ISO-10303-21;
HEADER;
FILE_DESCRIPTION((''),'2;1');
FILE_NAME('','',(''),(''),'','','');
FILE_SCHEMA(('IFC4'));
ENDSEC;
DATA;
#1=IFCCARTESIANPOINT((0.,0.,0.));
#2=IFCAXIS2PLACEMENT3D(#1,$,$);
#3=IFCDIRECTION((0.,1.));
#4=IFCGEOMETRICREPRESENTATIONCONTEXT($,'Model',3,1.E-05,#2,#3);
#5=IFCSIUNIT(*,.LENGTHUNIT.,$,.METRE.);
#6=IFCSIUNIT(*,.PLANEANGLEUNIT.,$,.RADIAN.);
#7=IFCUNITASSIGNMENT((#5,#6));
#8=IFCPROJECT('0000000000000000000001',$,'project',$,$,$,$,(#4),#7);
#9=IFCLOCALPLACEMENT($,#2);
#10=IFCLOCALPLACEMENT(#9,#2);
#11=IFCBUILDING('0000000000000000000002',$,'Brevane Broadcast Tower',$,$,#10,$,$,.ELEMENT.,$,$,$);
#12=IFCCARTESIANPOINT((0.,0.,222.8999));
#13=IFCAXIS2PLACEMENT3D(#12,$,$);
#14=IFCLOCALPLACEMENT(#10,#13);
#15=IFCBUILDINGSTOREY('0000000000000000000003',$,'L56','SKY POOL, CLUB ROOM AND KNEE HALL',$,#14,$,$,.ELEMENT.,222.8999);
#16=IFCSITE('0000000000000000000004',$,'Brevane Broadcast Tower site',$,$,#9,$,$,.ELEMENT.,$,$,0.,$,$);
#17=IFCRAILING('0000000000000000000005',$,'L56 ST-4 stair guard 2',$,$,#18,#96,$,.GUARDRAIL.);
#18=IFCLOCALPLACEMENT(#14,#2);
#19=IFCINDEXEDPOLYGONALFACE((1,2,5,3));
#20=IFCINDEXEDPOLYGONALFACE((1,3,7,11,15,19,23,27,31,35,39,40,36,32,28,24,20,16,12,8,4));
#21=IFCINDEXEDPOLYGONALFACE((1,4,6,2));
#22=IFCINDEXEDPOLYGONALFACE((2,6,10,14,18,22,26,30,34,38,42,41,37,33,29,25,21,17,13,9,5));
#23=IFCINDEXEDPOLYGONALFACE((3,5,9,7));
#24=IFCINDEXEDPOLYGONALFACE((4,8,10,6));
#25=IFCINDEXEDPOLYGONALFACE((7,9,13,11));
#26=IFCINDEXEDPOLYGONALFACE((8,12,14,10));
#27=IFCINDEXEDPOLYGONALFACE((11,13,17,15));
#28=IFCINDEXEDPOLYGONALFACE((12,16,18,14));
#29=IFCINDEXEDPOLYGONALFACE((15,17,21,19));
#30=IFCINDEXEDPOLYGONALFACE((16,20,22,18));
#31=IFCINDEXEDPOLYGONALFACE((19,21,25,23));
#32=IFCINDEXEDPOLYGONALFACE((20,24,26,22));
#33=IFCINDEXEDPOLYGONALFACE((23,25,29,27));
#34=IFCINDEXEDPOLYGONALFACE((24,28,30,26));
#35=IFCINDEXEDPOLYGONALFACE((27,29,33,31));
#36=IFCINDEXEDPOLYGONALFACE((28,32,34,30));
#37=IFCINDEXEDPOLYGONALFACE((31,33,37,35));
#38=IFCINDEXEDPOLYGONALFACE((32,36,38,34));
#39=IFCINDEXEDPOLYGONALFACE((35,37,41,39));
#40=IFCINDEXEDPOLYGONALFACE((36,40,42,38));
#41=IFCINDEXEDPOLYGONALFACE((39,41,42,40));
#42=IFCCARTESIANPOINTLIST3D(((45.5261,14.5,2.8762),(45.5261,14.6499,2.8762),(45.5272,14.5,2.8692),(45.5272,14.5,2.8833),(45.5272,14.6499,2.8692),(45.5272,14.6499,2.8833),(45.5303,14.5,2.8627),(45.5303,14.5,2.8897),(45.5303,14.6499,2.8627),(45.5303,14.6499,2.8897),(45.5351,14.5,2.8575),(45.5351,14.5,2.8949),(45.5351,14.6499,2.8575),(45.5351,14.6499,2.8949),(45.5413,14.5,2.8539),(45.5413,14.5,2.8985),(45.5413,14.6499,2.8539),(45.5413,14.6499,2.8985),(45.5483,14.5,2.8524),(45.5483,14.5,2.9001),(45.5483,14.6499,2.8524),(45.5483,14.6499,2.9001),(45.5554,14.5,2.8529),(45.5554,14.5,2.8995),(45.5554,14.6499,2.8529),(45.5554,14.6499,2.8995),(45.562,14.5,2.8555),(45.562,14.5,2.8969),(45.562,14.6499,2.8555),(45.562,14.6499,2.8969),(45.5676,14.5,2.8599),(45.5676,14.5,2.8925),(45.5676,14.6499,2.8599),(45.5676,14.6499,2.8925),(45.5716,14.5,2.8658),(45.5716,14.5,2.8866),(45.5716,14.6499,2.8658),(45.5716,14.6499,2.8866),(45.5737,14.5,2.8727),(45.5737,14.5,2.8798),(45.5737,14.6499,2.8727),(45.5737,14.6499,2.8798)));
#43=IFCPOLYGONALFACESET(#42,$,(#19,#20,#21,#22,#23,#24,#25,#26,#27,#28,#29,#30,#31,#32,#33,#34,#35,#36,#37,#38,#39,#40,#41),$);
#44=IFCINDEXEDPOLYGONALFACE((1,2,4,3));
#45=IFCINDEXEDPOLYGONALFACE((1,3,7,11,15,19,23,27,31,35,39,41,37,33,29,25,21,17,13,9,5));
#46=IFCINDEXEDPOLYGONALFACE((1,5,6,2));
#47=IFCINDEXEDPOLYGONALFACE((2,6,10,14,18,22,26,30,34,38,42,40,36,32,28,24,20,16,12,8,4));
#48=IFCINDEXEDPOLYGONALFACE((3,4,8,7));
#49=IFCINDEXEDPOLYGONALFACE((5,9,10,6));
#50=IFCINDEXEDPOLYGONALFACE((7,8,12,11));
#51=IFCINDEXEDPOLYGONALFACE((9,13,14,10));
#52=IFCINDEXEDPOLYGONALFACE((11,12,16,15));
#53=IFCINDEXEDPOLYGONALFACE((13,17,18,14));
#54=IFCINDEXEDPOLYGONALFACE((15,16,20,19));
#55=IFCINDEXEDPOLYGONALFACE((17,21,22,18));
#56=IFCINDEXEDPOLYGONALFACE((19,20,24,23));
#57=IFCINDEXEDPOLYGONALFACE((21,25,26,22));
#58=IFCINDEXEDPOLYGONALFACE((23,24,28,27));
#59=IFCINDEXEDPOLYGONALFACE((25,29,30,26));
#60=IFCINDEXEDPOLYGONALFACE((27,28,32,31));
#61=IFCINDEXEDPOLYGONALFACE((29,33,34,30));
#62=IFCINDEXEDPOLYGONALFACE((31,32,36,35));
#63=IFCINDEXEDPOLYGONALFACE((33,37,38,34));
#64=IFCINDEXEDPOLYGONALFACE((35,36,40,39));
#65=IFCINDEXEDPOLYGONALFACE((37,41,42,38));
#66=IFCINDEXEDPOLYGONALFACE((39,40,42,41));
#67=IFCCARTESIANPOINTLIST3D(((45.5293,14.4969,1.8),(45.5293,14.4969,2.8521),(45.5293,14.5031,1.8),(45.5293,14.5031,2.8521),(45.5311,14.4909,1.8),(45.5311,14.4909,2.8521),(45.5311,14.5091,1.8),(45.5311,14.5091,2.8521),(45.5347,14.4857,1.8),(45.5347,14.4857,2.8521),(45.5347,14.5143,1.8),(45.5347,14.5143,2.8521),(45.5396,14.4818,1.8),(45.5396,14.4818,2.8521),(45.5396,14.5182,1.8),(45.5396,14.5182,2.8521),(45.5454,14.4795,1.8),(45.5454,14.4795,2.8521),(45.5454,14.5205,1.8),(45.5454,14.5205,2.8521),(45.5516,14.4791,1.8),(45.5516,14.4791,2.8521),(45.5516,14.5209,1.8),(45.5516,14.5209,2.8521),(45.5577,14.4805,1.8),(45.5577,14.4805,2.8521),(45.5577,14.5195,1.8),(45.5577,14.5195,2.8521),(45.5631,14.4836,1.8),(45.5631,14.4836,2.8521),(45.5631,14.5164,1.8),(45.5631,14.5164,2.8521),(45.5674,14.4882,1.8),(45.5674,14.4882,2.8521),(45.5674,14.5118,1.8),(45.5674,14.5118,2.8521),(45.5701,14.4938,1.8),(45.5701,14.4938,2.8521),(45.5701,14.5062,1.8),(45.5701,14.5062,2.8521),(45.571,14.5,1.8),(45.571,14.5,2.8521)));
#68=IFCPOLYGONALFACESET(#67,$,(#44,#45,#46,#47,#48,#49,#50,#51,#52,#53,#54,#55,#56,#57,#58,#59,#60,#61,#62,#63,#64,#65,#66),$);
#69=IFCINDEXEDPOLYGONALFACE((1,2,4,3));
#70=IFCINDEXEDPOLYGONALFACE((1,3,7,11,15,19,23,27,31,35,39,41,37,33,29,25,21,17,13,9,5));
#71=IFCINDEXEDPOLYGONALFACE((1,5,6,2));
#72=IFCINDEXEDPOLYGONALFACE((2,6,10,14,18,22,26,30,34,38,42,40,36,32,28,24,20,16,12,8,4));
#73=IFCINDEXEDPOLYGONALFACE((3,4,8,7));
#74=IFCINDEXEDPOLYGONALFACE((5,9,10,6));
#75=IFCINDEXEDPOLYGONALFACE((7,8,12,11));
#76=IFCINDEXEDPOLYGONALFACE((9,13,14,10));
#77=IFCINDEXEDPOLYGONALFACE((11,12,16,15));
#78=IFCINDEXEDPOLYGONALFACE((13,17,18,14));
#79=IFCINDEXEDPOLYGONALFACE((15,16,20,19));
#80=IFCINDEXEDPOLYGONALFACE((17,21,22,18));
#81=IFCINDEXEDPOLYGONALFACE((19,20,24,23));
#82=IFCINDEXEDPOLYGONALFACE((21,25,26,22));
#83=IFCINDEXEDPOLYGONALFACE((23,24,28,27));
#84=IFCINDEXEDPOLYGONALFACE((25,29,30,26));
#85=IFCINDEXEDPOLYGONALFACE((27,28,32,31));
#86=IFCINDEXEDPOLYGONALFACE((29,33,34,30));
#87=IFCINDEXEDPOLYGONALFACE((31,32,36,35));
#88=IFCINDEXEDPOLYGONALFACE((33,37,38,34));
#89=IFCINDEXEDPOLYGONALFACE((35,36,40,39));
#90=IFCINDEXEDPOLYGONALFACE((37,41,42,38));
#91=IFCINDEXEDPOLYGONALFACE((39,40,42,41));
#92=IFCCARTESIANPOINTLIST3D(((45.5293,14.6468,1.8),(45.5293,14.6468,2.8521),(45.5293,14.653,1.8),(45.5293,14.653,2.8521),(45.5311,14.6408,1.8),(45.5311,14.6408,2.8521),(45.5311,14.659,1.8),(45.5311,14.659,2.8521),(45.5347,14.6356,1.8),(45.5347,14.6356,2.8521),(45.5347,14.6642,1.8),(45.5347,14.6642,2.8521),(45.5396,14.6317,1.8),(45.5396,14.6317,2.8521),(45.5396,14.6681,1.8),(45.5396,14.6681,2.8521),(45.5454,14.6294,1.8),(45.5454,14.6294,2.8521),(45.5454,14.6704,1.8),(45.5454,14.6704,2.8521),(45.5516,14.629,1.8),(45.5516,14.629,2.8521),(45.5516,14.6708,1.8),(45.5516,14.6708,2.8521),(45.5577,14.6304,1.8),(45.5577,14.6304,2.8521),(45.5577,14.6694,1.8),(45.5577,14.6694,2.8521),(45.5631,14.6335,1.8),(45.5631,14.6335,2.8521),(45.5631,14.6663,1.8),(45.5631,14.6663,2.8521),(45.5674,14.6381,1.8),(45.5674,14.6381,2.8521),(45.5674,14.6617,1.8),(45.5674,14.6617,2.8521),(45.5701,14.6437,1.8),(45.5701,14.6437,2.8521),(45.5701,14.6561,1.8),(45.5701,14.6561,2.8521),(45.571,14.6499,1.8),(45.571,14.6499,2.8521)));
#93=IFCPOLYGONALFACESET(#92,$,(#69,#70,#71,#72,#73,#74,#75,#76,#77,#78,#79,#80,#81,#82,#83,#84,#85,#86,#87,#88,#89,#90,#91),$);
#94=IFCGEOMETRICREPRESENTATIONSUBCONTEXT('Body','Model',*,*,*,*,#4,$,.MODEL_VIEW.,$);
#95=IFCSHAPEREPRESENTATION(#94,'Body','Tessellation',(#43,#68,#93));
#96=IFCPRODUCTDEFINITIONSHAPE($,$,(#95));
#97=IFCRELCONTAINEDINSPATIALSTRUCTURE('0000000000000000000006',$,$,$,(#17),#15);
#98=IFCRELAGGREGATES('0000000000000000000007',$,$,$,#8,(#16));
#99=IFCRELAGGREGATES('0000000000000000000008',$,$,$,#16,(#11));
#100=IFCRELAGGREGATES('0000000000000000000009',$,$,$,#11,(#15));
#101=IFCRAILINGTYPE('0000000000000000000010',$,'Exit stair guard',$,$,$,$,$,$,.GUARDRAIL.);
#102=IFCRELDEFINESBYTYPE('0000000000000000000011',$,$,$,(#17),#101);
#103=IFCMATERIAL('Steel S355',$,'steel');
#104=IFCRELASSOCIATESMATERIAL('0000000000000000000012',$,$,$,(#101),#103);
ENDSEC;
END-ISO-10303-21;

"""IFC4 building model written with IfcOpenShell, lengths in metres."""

from ifc_helpers import new_model, si_unit, direction, frame, origin, origin_2d, place, context, subcontext, project, spatial, circle, extrude, material, type_object, element, save


model = new_model("IFC4")

# Units and contexts
model_context = context("Model", 3, precision=1e-05, world=origin(), true_north=direction((0.0, 1.0)))
body_context = subcontext(model_context, "Body", "Model", "MODEL_VIEW")
ifc_project = project(units=[si_unit("LENGTHUNIT", "METRE"), si_unit("PLANEANGLEUNIT", "RADIAN")], contexts=[model_context])

# Site, building, storey
site_placement = place(None, origin())
site = spatial("IfcSite", under=ifc_project, at=site_placement, Name="Brevane Broadcast Tower site", CompositionType="ELEMENT", RefElevation=0.0)
building_placement = place(site_placement, origin())
building = spatial("IfcBuilding", under=site, at=building_placement, Name="Brevane Broadcast Tower", CompositionType="ELEMENT")
storey_placement = place(building_placement, frame((0.0, 0.0, 222.8999)))
storey = spatial("IfcBuildingStorey", under=building, at=storey_placement, Name="L56", Description="SKY POOL, CLUB ROOM AND KNEE HALL", CompositionType="ELEMENT", Elevation=222.8999)

# Railing
ifc_material_1 = material(Name="Steel S355", Category="steel")
railing_type_1 = type_object("IfcRailingType", Name="Exit stair guard", PredefinedType="GUARDRAIL", material=ifc_material_1)
railing_1_placement = place(storey_placement, frame((45.55, 14.5, 1.8)))
element("IfcRailing", 1, at=railing_1_placement, inside=storey, type_object=railing_type_1, Name="L56 ST-4 stair guard 2", PredefinedType="GUARDRAIL", context=body_context, shape_type="SweptSolid", body=[
    extrude(circle(Radius=0.0239, at=origin_2d()), frame((0.0, 0.0, 1.0762), z_axis=(0.0, 1.0, 0.0), x_axis=(-1.0, 0.0, 0.0)), (0.0, 0.0, 1.0), 0.1499),
    extrude(circle(Radius=0.021, at=origin_2d()), origin(), (0.0, 0.0, 1.0), 1.052),
    extrude(circle(Radius=0.021, at=origin_2d()), frame((0.0, 0.1499, 0.0)), (0.0, 0.0, 1.0), 1.052),
])

save(model, "model.ifc")
